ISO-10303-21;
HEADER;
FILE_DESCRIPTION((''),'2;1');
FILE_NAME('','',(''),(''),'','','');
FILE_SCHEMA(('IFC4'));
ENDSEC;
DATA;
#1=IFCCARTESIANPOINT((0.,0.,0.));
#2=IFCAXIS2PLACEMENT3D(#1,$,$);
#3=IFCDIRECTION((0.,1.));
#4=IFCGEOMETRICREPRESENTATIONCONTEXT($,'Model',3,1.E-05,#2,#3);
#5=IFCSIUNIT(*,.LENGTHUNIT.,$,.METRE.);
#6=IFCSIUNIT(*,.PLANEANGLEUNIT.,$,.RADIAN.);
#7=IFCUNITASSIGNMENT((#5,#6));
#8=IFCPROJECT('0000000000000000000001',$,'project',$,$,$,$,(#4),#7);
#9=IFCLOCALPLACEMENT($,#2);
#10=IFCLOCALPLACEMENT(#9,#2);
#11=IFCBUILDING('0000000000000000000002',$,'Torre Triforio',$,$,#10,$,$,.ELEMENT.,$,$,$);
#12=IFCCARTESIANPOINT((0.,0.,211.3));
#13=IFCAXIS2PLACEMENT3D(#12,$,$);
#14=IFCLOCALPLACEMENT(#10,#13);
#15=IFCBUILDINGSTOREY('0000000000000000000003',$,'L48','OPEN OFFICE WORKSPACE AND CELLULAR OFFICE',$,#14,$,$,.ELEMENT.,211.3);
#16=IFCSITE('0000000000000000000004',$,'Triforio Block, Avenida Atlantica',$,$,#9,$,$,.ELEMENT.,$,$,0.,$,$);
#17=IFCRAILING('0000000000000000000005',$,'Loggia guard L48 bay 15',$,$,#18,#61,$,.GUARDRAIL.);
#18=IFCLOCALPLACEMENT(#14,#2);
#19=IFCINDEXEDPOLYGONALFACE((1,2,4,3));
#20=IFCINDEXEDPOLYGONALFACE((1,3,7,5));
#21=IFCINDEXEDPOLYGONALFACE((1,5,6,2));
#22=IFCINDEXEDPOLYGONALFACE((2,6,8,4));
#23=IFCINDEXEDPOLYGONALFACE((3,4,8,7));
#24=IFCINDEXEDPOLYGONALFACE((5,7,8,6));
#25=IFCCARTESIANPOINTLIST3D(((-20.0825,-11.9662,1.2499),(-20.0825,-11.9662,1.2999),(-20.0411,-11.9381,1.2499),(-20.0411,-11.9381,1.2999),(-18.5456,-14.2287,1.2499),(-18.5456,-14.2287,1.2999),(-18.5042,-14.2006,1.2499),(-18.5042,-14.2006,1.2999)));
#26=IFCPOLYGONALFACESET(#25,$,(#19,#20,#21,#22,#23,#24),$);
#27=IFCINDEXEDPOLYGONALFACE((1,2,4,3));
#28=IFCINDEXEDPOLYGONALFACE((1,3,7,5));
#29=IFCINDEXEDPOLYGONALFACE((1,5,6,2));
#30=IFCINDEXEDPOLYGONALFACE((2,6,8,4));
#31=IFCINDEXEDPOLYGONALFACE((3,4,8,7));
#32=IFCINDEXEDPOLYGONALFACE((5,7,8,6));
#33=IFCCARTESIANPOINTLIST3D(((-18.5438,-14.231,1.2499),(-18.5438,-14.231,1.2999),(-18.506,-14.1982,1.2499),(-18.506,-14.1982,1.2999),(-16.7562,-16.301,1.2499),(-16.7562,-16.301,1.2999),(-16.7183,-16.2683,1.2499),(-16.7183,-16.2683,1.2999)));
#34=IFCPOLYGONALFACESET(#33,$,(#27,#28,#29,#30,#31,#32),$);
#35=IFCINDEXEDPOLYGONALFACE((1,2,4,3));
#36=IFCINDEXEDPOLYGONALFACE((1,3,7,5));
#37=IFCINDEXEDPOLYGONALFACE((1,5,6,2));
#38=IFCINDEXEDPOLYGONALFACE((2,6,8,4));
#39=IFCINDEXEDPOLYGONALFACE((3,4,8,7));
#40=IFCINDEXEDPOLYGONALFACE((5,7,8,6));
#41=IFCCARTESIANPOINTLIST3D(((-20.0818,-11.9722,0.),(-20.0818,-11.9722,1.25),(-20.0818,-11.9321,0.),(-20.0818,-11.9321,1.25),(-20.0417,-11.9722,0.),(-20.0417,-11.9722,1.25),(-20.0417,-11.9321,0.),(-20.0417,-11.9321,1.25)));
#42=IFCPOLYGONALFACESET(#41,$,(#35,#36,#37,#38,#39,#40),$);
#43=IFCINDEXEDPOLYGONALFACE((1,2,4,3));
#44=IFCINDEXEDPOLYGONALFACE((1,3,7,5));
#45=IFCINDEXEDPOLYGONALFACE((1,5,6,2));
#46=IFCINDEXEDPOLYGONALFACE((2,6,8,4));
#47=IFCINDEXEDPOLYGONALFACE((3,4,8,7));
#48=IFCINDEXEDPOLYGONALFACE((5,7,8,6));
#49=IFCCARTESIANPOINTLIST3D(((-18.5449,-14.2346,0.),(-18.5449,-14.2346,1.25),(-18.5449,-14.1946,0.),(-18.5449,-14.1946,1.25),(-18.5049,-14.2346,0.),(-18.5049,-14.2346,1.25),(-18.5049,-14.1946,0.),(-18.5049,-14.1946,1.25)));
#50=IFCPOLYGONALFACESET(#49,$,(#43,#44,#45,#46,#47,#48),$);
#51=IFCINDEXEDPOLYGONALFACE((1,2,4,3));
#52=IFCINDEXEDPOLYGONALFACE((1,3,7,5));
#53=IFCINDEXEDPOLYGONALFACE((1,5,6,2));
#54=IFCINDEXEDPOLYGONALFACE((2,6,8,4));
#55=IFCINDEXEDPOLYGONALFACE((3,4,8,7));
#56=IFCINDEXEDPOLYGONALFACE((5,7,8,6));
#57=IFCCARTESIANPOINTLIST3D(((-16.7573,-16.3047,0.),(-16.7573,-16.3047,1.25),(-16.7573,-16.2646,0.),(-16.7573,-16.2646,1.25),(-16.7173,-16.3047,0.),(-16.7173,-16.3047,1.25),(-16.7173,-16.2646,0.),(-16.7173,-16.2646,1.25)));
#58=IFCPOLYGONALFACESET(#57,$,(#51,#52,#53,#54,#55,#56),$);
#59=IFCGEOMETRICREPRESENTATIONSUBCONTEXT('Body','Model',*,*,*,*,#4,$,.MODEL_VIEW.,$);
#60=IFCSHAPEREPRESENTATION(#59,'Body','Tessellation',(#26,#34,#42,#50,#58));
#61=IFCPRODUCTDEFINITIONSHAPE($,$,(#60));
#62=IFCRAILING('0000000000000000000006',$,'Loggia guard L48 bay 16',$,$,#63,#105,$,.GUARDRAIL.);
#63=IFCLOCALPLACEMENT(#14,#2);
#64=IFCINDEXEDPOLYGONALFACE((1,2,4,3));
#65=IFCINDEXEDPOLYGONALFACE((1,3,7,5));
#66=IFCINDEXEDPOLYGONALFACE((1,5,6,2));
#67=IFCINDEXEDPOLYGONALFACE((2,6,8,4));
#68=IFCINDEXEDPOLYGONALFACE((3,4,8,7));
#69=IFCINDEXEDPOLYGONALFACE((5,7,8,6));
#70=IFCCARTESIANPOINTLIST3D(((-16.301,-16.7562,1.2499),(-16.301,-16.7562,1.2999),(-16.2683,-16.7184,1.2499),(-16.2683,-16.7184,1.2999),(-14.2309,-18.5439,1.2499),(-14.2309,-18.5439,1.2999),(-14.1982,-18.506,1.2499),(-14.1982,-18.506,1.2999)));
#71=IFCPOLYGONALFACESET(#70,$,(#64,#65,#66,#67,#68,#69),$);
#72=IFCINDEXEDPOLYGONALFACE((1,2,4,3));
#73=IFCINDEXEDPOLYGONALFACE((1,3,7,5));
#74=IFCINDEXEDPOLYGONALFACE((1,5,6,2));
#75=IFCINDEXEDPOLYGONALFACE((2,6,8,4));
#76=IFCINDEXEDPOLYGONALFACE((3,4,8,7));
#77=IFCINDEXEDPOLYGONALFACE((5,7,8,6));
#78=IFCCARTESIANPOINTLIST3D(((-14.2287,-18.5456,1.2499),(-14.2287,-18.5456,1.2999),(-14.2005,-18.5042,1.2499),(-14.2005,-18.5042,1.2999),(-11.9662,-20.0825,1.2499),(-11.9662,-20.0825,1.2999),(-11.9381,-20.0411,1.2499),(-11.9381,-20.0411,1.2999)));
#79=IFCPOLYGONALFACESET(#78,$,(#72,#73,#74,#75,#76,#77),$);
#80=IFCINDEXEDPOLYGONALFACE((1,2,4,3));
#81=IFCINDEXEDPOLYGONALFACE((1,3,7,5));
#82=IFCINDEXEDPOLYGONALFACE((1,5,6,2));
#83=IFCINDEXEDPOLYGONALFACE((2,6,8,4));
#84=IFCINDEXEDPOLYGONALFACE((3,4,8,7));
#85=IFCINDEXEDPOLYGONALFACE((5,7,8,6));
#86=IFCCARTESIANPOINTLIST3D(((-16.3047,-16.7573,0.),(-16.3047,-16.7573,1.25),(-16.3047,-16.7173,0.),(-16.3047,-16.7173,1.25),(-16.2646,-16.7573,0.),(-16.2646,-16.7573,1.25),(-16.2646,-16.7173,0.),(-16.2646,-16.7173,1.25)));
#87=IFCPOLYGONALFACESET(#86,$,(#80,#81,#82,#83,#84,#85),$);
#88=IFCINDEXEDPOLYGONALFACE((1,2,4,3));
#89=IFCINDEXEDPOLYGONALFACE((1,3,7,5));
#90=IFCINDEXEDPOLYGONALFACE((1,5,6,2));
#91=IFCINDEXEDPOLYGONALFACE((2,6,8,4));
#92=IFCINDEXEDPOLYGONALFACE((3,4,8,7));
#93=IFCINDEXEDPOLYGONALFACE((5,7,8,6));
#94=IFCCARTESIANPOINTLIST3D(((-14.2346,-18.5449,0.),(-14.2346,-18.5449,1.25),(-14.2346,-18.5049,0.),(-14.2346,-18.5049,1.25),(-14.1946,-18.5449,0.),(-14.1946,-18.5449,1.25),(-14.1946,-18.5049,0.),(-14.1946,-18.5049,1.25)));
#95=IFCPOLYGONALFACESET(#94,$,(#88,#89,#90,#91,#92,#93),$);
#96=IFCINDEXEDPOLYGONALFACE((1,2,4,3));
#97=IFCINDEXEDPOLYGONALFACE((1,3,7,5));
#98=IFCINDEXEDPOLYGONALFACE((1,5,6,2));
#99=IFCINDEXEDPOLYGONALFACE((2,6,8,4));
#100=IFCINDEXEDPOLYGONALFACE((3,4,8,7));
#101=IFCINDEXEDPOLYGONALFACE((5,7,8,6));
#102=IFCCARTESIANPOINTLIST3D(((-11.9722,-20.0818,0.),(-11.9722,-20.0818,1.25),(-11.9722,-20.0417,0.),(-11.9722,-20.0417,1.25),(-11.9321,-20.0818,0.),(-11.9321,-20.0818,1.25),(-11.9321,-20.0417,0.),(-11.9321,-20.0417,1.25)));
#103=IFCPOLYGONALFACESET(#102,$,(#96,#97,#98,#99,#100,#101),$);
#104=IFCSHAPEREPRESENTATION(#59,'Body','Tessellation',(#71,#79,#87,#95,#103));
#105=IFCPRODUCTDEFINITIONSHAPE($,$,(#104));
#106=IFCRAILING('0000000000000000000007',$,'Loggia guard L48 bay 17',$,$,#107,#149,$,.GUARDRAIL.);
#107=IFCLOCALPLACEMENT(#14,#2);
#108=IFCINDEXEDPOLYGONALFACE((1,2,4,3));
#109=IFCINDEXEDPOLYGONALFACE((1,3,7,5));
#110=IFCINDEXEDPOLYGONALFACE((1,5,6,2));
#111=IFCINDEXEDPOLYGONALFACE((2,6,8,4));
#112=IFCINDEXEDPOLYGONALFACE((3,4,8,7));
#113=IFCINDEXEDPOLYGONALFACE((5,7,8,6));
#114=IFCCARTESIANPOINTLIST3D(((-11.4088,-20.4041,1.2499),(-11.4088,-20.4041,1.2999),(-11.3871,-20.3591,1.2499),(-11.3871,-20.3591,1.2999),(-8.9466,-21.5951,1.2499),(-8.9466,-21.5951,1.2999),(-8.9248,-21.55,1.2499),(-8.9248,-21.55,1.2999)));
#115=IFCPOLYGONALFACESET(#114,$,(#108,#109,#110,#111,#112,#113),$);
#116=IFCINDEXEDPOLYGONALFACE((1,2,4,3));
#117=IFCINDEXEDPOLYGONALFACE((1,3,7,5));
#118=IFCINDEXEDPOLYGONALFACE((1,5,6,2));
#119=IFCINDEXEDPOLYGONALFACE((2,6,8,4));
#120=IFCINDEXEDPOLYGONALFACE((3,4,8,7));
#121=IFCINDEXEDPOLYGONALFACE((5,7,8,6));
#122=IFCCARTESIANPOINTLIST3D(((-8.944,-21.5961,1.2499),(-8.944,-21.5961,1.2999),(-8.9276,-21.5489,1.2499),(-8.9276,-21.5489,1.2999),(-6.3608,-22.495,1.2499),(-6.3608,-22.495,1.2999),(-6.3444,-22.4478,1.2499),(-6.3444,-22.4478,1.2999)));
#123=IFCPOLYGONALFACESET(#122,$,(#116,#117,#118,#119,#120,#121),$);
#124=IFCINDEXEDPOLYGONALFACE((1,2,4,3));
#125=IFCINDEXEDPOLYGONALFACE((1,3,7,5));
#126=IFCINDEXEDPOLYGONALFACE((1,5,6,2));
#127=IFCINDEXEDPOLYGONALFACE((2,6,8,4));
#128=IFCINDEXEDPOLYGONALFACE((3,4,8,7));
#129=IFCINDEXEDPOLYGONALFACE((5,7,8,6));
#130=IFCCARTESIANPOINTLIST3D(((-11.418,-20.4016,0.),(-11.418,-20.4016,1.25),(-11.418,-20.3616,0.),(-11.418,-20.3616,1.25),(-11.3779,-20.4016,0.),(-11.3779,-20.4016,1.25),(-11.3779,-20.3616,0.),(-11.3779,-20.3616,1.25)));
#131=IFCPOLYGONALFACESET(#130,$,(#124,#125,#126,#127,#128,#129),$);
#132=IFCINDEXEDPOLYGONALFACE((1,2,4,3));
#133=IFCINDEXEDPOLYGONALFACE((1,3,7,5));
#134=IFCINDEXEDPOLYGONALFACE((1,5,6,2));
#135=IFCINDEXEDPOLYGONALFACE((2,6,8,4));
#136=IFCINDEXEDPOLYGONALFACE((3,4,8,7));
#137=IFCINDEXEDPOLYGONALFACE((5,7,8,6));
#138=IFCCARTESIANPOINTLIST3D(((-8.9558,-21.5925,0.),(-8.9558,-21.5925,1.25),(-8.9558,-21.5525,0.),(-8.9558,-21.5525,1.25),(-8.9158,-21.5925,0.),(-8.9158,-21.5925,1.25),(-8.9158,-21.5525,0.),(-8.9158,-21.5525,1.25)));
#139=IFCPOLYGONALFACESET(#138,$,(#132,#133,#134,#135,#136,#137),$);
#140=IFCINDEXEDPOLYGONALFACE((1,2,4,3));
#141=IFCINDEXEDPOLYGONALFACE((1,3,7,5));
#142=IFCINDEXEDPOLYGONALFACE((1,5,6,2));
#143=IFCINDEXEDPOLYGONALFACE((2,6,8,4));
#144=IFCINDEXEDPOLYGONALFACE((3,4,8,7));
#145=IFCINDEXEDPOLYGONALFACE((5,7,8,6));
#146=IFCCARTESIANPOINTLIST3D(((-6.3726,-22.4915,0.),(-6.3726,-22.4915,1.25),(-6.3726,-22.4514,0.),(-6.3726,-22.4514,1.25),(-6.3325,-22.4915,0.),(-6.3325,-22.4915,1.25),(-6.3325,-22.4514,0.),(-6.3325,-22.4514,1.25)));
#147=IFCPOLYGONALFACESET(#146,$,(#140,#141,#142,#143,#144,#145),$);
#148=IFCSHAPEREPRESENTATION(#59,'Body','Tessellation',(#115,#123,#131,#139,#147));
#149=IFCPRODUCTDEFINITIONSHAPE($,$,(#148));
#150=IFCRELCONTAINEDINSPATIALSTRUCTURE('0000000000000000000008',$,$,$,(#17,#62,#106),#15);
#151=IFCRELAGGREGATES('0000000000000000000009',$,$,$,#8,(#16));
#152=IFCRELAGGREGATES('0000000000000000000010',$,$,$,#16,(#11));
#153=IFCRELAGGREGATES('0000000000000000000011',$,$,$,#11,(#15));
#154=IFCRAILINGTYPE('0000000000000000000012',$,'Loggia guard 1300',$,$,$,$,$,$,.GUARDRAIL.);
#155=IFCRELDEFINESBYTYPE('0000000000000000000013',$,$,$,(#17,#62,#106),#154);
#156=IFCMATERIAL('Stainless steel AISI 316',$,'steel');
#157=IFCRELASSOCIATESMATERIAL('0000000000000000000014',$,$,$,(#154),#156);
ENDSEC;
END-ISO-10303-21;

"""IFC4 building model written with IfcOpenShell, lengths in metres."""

from ifc_helpers import new_model, si_unit, direction, frame, origin, origin_2d, place, context, subcontext, project, spatial, rectangle, extrude, material, type_object, element, save


model = new_model("IFC4")

# Units and contexts
model_context = context("Model", 3, precision=1e-05, world=origin(), true_north=direction((0.0, 1.0)))
body_context = subcontext(model_context, "Body", "Model", "MODEL_VIEW")
ifc_project = project(units=[si_unit("LENGTHUNIT", "METRE"), si_unit("PLANEANGLEUNIT", "RADIAN")], contexts=[model_context])

# Site, building, storey
site_placement = place(None, origin())
site = spatial("IfcSite", under=ifc_project, at=site_placement, Name="Triforio Block, Avenida Atlantica", CompositionType="ELEMENT", RefElevation=0.0)
building_placement = place(site_placement, origin())
building = spatial("IfcBuilding", under=site, at=building_placement, Name="Torre Triforio", CompositionType="ELEMENT")
storey_placement = place(building_placement, frame((0.0, 0.0, 211.3)))
storey = spatial("IfcBuildingStorey", under=building, at=storey_placement, Name="L48", Description="OPEN OFFICE WORKSPACE AND CELLULAR OFFICE", CompositionType="ELEMENT", Elevation=211.3)

# Railings
ifc_material_1 = material(Name="Stainless steel AISI 316", Category="steel")
railing_type = type_object("IfcRailingType", Name="Loggia guard 1300", PredefinedType="GUARDRAIL", material=ifc_material_1)
railing_1_placement = place(storey_placement, frame((-20.0618, -11.9521, 0.0)))
element("IfcRailing", 1, at=railing_1_placement, inside=storey, type_object=railing_type, Name="Loggia guard L48 bay 15", PredefinedType="GUARDRAIL", context=body_context, shape_type="SweptSolid", body=[
    extrude(rectangle(XDim=0.05, YDim=0.05, at=origin_2d()), frame((0.0, 0.0, 1.2749), z_axis=(0.56191, -0.827199, 0.0), x_axis=(0.827199, 0.56191, 0.0)), (0.0, 0.0, 1.0), 2.7351),
    extrude(rectangle(XDim=0.05, YDim=0.05, at=origin_2d()), frame((1.5369, -2.2625, 1.2749), z_axis=(0.65358, -0.756857, 0.0), x_axis=(0.756857, 0.65358, 0.0)), (0.0, 0.0, 1.0), 2.7351),
    extrude(rectangle(XDim=0.04, YDim=0.04, at=origin_2d()), origin(), (0.0, 0.0, 1.0), 1.25),
    extrude(rectangle(XDim=0.04, YDim=0.04, at=origin_2d()), frame((1.5369, -2.2625, 0.0)), (0.0, 0.0, 1.0), 1.25),
    extrude(rectangle(XDim=0.04, YDim=0.04, at=origin_2d()), frame((3.3245, -4.3325, 0.0)), (0.0, 0.0, 1.0), 1.25),
])
railing_2_placement = place(storey_placement, frame((-16.2847, -16.7373, 0.0)))
element("IfcRailing", 2, at=railing_2_placement, inside=storey, type_object=railing_type, Name="Loggia guard L48 bay 16", PredefinedType="GUARDRAIL", context=body_context, shape_type="SweptSolid", body=[
    extrude(rectangle(XDim=0.05, YDim=0.05, at=origin_2d()), frame((0.0, 0.0, 1.2749), z_axis=(0.756857, -0.65358, 0.0), x_axis=(0.65358, 0.756857, 0.0)), (0.0, 0.0, 1.0), 2.7351),
    extrude(rectangle(XDim=0.05, YDim=0.05, at=origin_2d()), frame((2.0701, -1.7876, 1.2749), z_axis=(0.827199, -0.56191, 0.0), x_axis=(0.56191, 0.827199, 0.0)), (0.0, 0.0, 1.0), 2.7351),
    extrude(rectangle(XDim=0.04, YDim=0.04, at=origin_2d()), origin(), (0.0, 0.0, 1.0), 1.25),
    extrude(rectangle(XDim=0.04, YDim=0.04, at=origin_2d()), frame((2.0701, -1.7876, 0.0)), (0.0, 0.0, 1.0), 1.25),
    extrude(rectangle(XDim=0.04, YDim=0.04, at=origin_2d()), frame((4.3325, -3.3245, 0.0)), (0.0, 0.0, 1.0), 1.25),
])
railing_3_placement = place(storey_placement, frame((-11.3979, -20.3816, 0.0)))
element("IfcRailing", 3, at=railing_3_placement, inside=storey, type_object=railing_type, Name="Loggia guard L48 bay 17", PredefinedType="GUARDRAIL", context=body_context, shape_type="SweptSolid", body=[
    extrude(rectangle(XDim=0.05, YDim=0.05, at=origin_2d()), frame((0.0, 0.0, 1.2749), z_axis=(0.900224, -0.435428, 0.0), x_axis=(0.435428, 0.900224, 0.0)), (0.0, 0.0, 1.0), 2.7351),
    extrude(rectangle(XDim=0.05, YDim=0.05, at=origin_2d()), frame((2.4622, -1.1909, 1.2749), z_axis=(0.944451, -0.328652, 0.0), x_axis=(0.328652, 0.944451, 0.0)), (0.0, 0.0, 1.0), 2.7351),
    extrude(rectangle(XDim=0.04, YDim=0.04, at=origin_2d()), origin(), (0.0, 0.0, 1.0), 1.25),
    extrude(rectangle(XDim=0.04, YDim=0.04, at=origin_2d()), frame((2.4622, -1.1909, 0.0)), (0.0, 0.0, 1.0), 1.25),
    extrude(rectangle(XDim=0.04, YDim=0.04, at=origin_2d()), frame((5.0454, -2.0898, 0.0)), (0.0, 0.0, 1.0), 1.25),
])

save(model, "model.ifc")
